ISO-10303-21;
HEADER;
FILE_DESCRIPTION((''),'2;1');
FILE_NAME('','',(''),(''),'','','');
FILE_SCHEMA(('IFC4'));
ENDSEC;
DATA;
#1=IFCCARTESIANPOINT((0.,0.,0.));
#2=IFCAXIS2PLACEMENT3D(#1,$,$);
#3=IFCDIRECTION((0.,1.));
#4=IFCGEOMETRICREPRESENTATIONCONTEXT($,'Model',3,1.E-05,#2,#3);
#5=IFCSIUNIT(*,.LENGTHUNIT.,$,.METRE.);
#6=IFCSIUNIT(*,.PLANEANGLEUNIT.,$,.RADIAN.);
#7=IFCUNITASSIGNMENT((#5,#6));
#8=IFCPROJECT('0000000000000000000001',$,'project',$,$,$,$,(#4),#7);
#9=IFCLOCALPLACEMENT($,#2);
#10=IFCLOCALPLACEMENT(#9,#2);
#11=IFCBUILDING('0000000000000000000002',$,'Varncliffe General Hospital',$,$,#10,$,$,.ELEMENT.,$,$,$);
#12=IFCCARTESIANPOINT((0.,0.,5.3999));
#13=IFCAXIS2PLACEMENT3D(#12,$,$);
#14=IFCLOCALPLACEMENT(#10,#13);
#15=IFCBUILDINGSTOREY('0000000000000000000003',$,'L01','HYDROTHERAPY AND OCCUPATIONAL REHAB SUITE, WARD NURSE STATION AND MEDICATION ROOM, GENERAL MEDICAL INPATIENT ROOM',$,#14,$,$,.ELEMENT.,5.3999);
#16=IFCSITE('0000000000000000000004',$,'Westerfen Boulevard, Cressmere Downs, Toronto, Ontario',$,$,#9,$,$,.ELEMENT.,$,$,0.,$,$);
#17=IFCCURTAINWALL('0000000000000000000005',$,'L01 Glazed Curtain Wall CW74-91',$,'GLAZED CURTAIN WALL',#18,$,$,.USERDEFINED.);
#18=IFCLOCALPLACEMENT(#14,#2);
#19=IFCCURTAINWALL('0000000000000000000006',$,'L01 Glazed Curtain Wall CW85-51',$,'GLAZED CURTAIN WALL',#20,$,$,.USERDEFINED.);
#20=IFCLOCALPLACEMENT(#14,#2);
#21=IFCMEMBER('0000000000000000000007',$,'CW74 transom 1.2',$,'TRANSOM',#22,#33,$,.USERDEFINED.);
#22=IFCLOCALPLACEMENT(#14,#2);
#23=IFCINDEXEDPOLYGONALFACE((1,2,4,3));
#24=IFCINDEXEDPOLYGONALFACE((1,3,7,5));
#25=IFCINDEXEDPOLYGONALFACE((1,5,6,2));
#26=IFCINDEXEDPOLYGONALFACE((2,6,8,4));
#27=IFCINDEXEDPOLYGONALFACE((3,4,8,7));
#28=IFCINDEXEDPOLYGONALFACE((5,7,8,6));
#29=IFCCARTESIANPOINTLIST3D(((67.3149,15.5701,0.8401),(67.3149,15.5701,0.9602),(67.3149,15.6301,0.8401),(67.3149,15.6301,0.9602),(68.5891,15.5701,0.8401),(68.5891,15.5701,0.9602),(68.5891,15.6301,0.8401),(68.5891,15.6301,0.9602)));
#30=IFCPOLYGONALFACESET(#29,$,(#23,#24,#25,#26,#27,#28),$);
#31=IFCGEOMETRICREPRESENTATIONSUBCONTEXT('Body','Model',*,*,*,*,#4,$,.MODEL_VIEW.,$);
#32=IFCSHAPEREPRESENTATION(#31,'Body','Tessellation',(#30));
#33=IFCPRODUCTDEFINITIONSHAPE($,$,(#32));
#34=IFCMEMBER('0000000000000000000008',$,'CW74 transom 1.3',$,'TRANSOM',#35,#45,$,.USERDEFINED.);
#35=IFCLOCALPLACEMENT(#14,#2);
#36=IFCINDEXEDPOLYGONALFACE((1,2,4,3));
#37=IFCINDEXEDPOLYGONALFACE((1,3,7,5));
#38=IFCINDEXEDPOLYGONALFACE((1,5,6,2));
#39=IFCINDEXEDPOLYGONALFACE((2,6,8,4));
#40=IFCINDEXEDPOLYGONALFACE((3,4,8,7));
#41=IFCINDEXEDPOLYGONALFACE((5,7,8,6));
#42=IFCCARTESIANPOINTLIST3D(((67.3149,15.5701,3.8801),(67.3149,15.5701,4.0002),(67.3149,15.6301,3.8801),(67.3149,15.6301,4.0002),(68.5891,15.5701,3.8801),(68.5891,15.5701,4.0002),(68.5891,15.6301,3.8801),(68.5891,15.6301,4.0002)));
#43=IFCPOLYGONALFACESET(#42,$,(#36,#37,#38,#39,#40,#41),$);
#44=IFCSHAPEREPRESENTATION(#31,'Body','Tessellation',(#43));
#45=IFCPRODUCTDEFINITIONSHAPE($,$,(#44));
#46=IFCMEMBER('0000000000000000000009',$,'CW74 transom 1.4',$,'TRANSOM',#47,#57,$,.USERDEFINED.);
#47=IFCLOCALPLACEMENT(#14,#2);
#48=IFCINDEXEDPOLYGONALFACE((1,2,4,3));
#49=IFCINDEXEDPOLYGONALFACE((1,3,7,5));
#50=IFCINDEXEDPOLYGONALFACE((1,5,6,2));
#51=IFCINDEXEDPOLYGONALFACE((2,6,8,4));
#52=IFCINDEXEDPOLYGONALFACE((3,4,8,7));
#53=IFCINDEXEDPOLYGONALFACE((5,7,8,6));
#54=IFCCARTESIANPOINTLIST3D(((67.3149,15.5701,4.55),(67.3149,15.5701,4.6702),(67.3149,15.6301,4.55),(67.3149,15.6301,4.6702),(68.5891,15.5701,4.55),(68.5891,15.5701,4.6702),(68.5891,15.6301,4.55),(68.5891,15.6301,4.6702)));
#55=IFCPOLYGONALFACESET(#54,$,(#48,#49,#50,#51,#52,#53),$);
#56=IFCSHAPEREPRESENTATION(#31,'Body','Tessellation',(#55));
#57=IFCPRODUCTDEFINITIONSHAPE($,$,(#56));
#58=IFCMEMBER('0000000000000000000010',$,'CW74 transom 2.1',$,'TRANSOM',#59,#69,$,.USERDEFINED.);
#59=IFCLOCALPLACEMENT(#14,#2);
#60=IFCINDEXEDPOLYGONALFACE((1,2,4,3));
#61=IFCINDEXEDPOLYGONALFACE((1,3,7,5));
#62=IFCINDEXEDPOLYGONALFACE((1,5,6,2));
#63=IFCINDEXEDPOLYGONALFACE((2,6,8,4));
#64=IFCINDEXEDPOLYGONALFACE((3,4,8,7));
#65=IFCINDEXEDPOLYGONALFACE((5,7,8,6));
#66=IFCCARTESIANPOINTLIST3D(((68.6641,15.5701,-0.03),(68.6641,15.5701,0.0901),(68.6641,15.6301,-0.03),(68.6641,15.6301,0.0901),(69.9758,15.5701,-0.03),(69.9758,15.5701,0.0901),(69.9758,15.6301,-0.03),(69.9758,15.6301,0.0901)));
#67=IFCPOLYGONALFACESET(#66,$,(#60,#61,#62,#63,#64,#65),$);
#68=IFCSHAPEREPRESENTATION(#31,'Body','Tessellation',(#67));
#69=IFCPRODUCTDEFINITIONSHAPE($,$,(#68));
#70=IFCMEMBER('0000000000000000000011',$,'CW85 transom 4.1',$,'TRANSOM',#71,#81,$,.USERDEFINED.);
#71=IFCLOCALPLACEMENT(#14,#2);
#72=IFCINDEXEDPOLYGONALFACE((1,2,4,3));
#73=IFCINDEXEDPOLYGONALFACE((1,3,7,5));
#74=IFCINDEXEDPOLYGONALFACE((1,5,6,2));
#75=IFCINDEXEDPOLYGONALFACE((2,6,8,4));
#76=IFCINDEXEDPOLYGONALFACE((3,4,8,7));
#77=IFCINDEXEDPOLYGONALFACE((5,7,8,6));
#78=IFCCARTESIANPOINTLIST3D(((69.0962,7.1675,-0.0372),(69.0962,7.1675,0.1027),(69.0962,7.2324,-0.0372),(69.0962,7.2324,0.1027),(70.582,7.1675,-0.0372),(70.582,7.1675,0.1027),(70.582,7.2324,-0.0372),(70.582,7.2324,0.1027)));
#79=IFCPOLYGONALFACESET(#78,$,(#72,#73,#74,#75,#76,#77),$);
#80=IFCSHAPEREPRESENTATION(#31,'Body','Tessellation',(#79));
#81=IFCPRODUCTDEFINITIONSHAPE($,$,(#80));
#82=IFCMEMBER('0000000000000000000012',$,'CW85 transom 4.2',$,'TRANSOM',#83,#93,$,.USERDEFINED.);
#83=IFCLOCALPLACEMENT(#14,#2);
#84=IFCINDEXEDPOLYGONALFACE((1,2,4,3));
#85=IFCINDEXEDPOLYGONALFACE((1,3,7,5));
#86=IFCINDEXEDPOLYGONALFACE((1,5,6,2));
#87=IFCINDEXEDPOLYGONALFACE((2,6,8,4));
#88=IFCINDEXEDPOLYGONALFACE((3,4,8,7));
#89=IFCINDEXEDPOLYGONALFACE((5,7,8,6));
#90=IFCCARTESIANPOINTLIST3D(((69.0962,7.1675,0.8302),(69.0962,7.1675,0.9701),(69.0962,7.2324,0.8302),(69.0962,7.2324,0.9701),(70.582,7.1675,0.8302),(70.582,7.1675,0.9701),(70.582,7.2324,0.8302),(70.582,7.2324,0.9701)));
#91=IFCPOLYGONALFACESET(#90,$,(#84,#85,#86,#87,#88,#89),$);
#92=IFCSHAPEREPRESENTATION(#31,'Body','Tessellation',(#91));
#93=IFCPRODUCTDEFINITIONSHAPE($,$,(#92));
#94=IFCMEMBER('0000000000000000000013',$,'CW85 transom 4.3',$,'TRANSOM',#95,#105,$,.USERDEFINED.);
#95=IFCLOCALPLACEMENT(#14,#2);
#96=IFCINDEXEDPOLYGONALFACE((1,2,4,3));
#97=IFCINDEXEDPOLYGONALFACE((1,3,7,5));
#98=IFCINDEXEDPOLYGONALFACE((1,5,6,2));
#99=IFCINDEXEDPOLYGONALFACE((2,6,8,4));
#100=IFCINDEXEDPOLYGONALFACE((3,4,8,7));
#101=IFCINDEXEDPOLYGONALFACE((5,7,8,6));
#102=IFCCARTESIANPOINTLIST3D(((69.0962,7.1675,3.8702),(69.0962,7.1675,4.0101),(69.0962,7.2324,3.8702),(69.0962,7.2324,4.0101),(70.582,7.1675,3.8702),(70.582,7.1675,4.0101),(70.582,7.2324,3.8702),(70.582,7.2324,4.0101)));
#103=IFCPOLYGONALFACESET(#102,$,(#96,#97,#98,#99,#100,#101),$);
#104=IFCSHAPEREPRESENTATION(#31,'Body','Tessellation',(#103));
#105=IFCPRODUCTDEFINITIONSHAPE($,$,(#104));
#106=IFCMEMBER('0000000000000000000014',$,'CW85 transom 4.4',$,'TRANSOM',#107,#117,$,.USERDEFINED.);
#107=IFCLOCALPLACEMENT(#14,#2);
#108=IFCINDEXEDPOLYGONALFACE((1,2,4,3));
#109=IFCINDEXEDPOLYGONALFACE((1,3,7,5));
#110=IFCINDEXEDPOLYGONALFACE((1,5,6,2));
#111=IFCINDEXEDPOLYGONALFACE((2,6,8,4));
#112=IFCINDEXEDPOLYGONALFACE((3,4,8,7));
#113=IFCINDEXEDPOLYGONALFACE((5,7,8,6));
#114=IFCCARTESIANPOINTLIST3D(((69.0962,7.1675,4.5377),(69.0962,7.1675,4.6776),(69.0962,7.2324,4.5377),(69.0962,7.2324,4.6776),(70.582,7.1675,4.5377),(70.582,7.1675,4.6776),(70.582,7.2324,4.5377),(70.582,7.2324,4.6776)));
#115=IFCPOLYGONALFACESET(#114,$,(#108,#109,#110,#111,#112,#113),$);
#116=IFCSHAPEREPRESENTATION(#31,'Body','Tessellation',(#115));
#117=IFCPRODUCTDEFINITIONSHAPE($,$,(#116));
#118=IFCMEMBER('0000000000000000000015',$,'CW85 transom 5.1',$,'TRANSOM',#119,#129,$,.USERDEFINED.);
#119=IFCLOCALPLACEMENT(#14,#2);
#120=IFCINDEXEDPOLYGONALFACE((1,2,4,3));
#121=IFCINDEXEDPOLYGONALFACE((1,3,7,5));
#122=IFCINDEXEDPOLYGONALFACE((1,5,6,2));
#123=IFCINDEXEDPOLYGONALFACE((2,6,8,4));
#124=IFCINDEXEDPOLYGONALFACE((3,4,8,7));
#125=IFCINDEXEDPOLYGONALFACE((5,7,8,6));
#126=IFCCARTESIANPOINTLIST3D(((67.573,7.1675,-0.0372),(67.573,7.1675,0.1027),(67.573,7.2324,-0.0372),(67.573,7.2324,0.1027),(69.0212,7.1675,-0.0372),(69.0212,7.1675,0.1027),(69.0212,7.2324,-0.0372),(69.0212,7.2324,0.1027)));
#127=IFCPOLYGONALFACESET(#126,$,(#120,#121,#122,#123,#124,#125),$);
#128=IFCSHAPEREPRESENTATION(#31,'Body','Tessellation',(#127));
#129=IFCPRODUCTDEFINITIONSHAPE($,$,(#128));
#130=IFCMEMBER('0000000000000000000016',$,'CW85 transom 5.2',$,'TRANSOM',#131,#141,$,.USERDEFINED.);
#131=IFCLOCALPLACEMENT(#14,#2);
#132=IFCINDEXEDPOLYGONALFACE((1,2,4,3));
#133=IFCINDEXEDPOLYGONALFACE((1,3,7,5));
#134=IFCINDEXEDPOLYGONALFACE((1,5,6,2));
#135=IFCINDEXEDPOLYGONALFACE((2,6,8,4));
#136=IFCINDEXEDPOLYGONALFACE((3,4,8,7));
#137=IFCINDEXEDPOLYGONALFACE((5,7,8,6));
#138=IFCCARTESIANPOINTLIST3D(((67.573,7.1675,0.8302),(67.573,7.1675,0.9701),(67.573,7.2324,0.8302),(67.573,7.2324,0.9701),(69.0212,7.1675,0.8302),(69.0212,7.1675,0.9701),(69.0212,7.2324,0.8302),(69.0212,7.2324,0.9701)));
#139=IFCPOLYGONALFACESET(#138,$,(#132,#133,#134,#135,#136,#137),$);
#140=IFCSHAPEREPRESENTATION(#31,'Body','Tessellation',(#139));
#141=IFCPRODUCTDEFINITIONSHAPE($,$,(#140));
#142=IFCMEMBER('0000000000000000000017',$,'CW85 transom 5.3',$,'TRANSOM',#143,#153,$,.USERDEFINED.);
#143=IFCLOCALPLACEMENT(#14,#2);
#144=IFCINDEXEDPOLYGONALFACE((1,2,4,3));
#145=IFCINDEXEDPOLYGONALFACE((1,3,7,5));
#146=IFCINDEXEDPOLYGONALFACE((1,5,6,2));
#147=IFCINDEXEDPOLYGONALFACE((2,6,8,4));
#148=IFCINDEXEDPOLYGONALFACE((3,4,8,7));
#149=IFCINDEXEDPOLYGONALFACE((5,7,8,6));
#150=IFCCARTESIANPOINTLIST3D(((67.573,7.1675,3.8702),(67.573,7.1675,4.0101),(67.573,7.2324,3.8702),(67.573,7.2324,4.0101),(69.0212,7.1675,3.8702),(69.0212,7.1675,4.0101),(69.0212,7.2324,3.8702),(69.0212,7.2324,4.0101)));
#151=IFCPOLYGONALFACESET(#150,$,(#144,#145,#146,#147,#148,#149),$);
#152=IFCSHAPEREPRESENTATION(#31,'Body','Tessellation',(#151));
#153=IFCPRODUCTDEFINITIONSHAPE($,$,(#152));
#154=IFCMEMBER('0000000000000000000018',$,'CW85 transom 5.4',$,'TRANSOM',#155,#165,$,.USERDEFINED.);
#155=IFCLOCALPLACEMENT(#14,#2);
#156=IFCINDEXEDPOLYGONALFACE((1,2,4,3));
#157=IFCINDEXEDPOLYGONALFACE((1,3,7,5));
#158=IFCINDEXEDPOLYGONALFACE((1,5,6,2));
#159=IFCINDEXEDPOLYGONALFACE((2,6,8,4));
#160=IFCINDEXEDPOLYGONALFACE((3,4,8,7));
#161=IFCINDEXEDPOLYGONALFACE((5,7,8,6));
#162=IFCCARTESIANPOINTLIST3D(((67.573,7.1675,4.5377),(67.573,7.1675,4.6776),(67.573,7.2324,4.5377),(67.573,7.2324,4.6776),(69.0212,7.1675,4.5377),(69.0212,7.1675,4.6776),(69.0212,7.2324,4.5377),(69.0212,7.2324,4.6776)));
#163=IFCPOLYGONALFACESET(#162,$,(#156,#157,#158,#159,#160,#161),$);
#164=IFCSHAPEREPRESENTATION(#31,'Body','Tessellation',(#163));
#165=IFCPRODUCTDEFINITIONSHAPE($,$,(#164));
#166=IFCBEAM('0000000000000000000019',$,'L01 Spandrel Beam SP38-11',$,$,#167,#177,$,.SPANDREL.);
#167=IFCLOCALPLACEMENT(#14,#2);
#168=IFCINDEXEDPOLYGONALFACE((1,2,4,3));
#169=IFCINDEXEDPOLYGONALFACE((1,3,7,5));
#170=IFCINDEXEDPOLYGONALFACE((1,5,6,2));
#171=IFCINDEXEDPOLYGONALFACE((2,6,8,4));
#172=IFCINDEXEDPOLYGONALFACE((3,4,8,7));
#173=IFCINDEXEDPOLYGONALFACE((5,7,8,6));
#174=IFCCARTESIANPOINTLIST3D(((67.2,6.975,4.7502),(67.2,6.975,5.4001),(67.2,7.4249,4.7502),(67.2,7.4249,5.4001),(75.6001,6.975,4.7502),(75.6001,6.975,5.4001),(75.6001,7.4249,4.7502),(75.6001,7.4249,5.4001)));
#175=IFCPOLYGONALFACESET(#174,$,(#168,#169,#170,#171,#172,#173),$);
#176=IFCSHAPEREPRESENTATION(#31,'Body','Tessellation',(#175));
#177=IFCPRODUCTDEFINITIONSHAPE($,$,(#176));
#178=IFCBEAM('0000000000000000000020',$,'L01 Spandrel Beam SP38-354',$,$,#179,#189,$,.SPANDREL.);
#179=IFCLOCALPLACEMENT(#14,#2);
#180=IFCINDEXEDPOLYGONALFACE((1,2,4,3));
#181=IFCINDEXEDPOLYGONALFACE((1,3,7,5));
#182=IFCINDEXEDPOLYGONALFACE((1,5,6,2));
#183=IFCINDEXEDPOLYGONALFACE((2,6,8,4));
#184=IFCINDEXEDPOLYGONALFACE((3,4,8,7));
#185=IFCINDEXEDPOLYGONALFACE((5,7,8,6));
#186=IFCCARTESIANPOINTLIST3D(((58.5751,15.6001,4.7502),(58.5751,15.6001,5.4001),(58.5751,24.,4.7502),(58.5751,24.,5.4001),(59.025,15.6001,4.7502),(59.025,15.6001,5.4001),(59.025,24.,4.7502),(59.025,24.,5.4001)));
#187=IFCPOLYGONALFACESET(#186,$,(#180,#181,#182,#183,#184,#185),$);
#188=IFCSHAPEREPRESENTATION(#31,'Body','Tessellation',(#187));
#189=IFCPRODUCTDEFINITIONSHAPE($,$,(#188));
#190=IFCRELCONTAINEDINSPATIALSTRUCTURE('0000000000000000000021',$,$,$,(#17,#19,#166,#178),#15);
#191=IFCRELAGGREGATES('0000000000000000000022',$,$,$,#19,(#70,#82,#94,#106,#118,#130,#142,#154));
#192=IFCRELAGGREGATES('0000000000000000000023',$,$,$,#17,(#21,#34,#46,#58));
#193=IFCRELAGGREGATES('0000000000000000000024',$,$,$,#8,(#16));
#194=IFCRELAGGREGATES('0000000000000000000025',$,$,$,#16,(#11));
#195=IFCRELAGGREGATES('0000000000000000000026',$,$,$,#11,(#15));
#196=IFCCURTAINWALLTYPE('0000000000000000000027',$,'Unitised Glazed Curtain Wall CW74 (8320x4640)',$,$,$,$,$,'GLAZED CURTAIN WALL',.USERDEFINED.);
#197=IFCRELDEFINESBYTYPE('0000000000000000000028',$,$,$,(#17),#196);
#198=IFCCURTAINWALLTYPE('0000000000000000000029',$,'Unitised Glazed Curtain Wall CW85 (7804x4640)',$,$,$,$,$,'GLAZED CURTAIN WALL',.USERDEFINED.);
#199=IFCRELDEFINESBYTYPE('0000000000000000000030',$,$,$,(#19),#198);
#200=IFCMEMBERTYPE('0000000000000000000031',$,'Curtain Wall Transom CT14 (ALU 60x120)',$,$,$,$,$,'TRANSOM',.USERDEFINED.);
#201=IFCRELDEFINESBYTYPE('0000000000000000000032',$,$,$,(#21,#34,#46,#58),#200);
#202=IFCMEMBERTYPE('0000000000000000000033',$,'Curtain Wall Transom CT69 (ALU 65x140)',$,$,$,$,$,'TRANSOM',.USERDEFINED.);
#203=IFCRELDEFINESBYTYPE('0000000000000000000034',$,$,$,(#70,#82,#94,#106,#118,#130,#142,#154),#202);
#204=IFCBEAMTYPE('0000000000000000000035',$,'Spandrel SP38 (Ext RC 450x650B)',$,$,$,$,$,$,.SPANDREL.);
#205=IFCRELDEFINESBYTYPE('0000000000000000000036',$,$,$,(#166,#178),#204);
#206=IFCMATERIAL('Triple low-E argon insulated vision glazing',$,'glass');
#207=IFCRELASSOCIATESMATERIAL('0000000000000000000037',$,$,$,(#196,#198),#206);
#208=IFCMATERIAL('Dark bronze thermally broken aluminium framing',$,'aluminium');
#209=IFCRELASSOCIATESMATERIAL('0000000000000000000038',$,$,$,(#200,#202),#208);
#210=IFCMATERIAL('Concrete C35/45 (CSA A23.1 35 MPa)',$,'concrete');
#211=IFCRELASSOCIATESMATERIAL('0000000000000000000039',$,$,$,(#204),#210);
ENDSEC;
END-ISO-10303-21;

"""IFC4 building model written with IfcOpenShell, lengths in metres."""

from ifc_helpers import new_model, si_unit, direction, frame, origin, origin_2d, place, context, subcontext, project, spatial, rectangle, extrude, material, material_profile, profile_set, type_object, element, aggregate, save


model = new_model("IFC4")

# Units and contexts
model_context = context("Model", 3, precision=1e-05, world=origin(), true_north=direction((0.0, 1.0)))
body_context = subcontext(model_context, "Body", "Model", "MODEL_VIEW")
ifc_project = project(units=[si_unit("LENGTHUNIT", "METRE"), si_unit("PLANEANGLEUNIT", "RADIAN")], contexts=[model_context])

# Site, building, storey
site_placement = place(None, origin())
site = spatial("IfcSite", under=ifc_project, at=site_placement, Name="Westerfen Boulevard, Cressmere Downs, Toronto, Ontario", CompositionType="ELEMENT", RefElevation=0.0)
building_placement = place(site_placement, origin())
building = spatial("IfcBuilding", under=site, at=building_placement, Name="Varncliffe General Hospital", CompositionType="ELEMENT")
storey_placement = place(building_placement, frame((0.0, 0.0, 5.3999)))
storey = spatial("IfcBuildingStorey", under=building, at=storey_placement, Name="L01", Description="HYDROTHERAPY AND OCCUPATIONAL REHAB SUITE, WARD NURSE STATION AND MEDICATION ROOM, GENERAL MEDICAL INPATIENT ROOM", CompositionType="ELEMENT", Elevation=5.3999)

# Shared definitions
ifc_material_1 = material(Name="Triple low-E argon insulated vision glazing", Category="glass")
ifc_material_2 = material(Name="Dark bronze thermally broken aluminium framing", Category="aluminium")

# Curtain wall
curtain_wall_type_1 = type_object("IfcCurtainWallType", Name="Unitised Glazed Curtain Wall CW74 (8320x4640)", ElementType="GLAZED CURTAIN WALL", PredefinedType="USERDEFINED", material=ifc_material_1)
curtain_wall_1_placement = place(storey_placement, origin())
curtain_wall_1 = element("IfcCurtainWall", 1, at=curtain_wall_1_placement, inside=storey, type_object=curtain_wall_type_1, Name="L01 Glazed Curtain Wall CW74-91", ObjectType="GLAZED CURTAIN WALL", PredefinedType="USERDEFINED")

# Curtain wall
curtain_wall_type_2 = type_object("IfcCurtainWallType", Name="Unitised Glazed Curtain Wall CW85 (7804x4640)", ElementType="GLAZED CURTAIN WALL", PredefinedType="USERDEFINED", material=ifc_material_1)
curtain_wall_2_placement = place(storey_placement, origin())
curtain_wall_2 = element("IfcCurtainWall", 2, at=curtain_wall_2_placement, inside=storey, type_object=curtain_wall_type_2, Name="L01 Glazed Curtain Wall CW85-51", ObjectType="GLAZED CURTAIN WALL", PredefinedType="USERDEFINED")

# Members
ifc_material_profile_1 = material_profile(ifc_material_2, rectangle(XDim=0.0601, YDim=0.1201, at=origin_2d()), Name="ALU 60x120")
ifc_profile_set_1 = profile_set([ifc_material_profile_1], Name="Dark bronze thermally broken aluminium framing")
member_type_1 = type_object("IfcMemberType", Name="Curtain Wall Transom CT14 (ALU 60x120)", ElementType="TRANSOM", PredefinedType="USERDEFINED", material=ifc_profile_set_1)
member_1_placement = place(storey_placement, frame((67.3149, 15.6001, 0.9001), z_axis=(1.0, 0.0, 0.0), x_axis=(0.0, 1.0, 0.0)))
member_1 = element("IfcMember", 3, at=member_1_placement, type_object=member_type_1, Name="CW74 transom 1.2", ObjectType="TRANSOM", PredefinedType="USERDEFINED", context=body_context, shape_type="SweptSolid", body=[
    extrude(rectangle(XDim=0.0601, YDim=0.1201, at=origin_2d()), origin(), (0.0, 0.0, 1.0), 1.2742),
])
member_2_placement = place(storey_placement, frame((67.3149, 15.6001, 3.9402), z_axis=(1.0, 0.0, 0.0), x_axis=(0.0, 1.0, 0.0)))
member_2 = element("IfcMember", 4, at=member_2_placement, type_object=member_type_1, Name="CW74 transom 1.3", ObjectType="TRANSOM", PredefinedType="USERDEFINED", context=body_context, shape_type="SweptSolid", body=[
    extrude(rectangle(XDim=0.0601, YDim=0.1201, at=origin_2d()), origin(), (0.0, 0.0, 1.0), 1.2742),
])
member_3_placement = place(storey_placement, frame((67.3149, 15.6001, 4.6101), z_axis=(1.0, 0.0, 0.0), x_axis=(0.0, 1.0, 0.0)))
member_3 = element("IfcMember", 5, at=member_3_placement, type_object=member_type_1, Name="CW74 transom 1.4", ObjectType="TRANSOM", PredefinedType="USERDEFINED", context=body_context, shape_type="SweptSolid", body=[
    extrude(rectangle(XDim=0.0601, YDim=0.1201, at=origin_2d()), origin(), (0.0, 0.0, 1.0), 1.2742),
])
member_4_placement = place(storey_placement, frame((68.6641, 15.6001, 0.03), z_axis=(1.0, 0.0, 0.0), x_axis=(0.0, 1.0, 0.0)))
member_4 = element("IfcMember", 6, at=member_4_placement, type_object=member_type_1, Name="CW74 transom 2.1", ObjectType="TRANSOM", PredefinedType="USERDEFINED", context=body_context, shape_type="SweptSolid", body=[
    extrude(rectangle(XDim=0.0601, YDim=0.1201, at=origin_2d()), origin(), (0.0, 0.0, 1.0), 1.3118),
])
ifc_material_profile_2 = material_profile(ifc_material_2, rectangle(XDim=0.0649, YDim=0.1399, at=origin_2d()), Name="ALU 65x140")
ifc_profile_set_2 = profile_set([ifc_material_profile_2], Name="Dark bronze thermally broken aluminium framing")
member_type_2 = type_object("IfcMemberType", Name="Curtain Wall Transom CT69 (ALU 65x140)", ElementType="TRANSOM", PredefinedType="USERDEFINED", material=ifc_profile_set_2)
member_5_placement = place(storey_placement, frame((70.582, 7.2, 0.0327), z_axis=(-1.0, 0.0, 0.0), x_axis=(0.0, -1.0, 0.0)))
member_5 = element("IfcMember", 7, at=member_5_placement, type_object=member_type_2, Name="CW85 transom 4.1", ObjectType="TRANSOM", PredefinedType="USERDEFINED", context=body_context, shape_type="SweptSolid", body=[
    extrude(rectangle(XDim=0.0649, YDim=0.1399, at=origin_2d()), origin(), (0.0, 0.0, 1.0), 1.4858),
])
member_6_placement = place(storey_placement, frame((70.582, 7.2, 0.9001), z_axis=(-1.0, 0.0, 0.0), x_axis=(0.0, -1.0, 0.0)))
member_6 = element("IfcMember", 8, at=member_6_placement, type_object=member_type_2, Name="CW85 transom 4.2", ObjectType="TRANSOM", PredefinedType="USERDEFINED", context=body_context, shape_type="SweptSolid", body=[
    extrude(rectangle(XDim=0.0649, YDim=0.1399, at=origin_2d()), origin(), (0.0, 0.0, 1.0), 1.4858),
])
member_7_placement = place(storey_placement, frame((70.582, 7.2, 3.9402), z_axis=(-1.0, 0.0, 0.0), x_axis=(0.0, -1.0, 0.0)))
member_7 = element("IfcMember", 9, at=member_7_placement, type_object=member_type_2, Name="CW85 transom 4.3", ObjectType="TRANSOM", PredefinedType="USERDEFINED", context=body_context, shape_type="SweptSolid", body=[
    extrude(rectangle(XDim=0.0649, YDim=0.1399, at=origin_2d()), origin(), (0.0, 0.0, 1.0), 1.4858),
])
member_8_placement = place(storey_placement, frame((70.582, 7.2, 4.6077), z_axis=(-1.0, 0.0, 0.0), x_axis=(0.0, -1.0, 0.0)))
member_8 = element("IfcMember", 10, at=member_8_placement, type_object=member_type_2, Name="CW85 transom 4.4", ObjectType="TRANSOM", PredefinedType="USERDEFINED", context=body_context, shape_type="SweptSolid", body=[
    extrude(rectangle(XDim=0.0649, YDim=0.1399, at=origin_2d()), origin(), (0.0, 0.0, 1.0), 1.4858),
])
member_9_placement = place(storey_placement, frame((69.0212, 7.2, 0.0327), z_axis=(-1.0, 0.0, 0.0), x_axis=(0.0, -1.0, 0.0)))
member_9 = element("IfcMember", 11, at=member_9_placement, type_object=member_type_2, Name="CW85 transom 5.1", ObjectType="TRANSOM", PredefinedType="USERDEFINED", context=body_context, shape_type="SweptSolid", body=[
    extrude(rectangle(XDim=0.0649, YDim=0.1399, at=origin_2d()), origin(), (0.0, 0.0, 1.0), 1.4482),
])
member_10_placement = place(storey_placement, frame((69.0212, 7.2, 0.9001), z_axis=(-1.0, 0.0, 0.0), x_axis=(0.0, -1.0, 0.0)))
member_10 = element("IfcMember", 12, at=member_10_placement, type_object=member_type_2, Name="CW85 transom 5.2", ObjectType="TRANSOM", PredefinedType="USERDEFINED", context=body_context, shape_type="SweptSolid", body=[
    extrude(rectangle(XDim=0.0649, YDim=0.1399, at=origin_2d()), origin(), (0.0, 0.0, 1.0), 1.4482),
])
member_11_placement = place(storey_placement, frame((69.0212, 7.2, 3.9402), z_axis=(-1.0, 0.0, 0.0), x_axis=(0.0, -1.0, 0.0)))
member_11 = element("IfcMember", 13, at=member_11_placement, type_object=member_type_2, Name="CW85 transom 5.3", ObjectType="TRANSOM", PredefinedType="USERDEFINED", context=body_context, shape_type="SweptSolid", body=[
    extrude(rectangle(XDim=0.0649, YDim=0.1399, at=origin_2d()), origin(), (0.0, 0.0, 1.0), 1.4482),
])
member_12_placement = place(storey_placement, frame((69.0212, 7.2, 4.6077), z_axis=(-1.0, 0.0, 0.0), x_axis=(0.0, -1.0, 0.0)))
member_12 = element("IfcMember", 14, at=member_12_placement, type_object=member_type_2, Name="CW85 transom 5.4", ObjectType="TRANSOM", PredefinedType="USERDEFINED", context=body_context, shape_type="SweptSolid", body=[
    extrude(rectangle(XDim=0.0649, YDim=0.1399, at=origin_2d()), origin(), (0.0, 0.0, 1.0), 1.4482),
])

# Beams
ifc_material_3 = material(Name="Concrete C35/45 (CSA A23.1 35 MPa)", Category="concrete")
ifc_material_profile_3 = material_profile(ifc_material_3, rectangle(XDim=0.45, YDim=0.6499, at=origin_2d()), Name="RC 450x650")
ifc_profile_set_3 = profile_set([ifc_material_profile_3], Name="Concrete C35/45 (CSA A23.1 35 MPa)")
beam_type = type_object("IfcBeamType", Name="Spandrel SP38 (Ext RC 450x650B)", PredefinedType="SPANDREL", material=ifc_profile_set_3)
beam_1_placement = place(storey_placement, frame((67.2, 7.2, 5.0752), z_axis=(1.0, 0.0, 0.0), x_axis=(0.0, 1.0, 0.0)))
element("IfcBeam", 15, at=beam_1_placement, inside=storey, type_object=beam_type, Name="L01 Spandrel Beam SP38-11", PredefinedType="SPANDREL", context=body_context, shape_type="SweptSolid", body=[
    extrude(rectangle(XDim=0.45, YDim=0.6499, at=origin_2d()), origin(), (0.0, 0.0, 1.0), 8.4001),
])
beam_2_placement = place(storey_placement, frame((58.8, 15.6001, 5.0752), z_axis=(0.0, 1.0, 0.0), x_axis=(-1.0, 0.0, 0.0)))
element("IfcBeam", 16, at=beam_2_placement, inside=storey, type_object=beam_type, Name="L01 Spandrel Beam SP38-354", PredefinedType="SPANDREL", context=body_context, shape_type="SweptSolid", body=[
    extrude(rectangle(XDim=0.45, YDim=0.6499, at=origin_2d()), origin(), (0.0, 0.0, 1.0), 8.3999),
])

aggregate(curtain_wall_2, [member_5, member_6, member_7, member_8, member_9, member_10, member_11, member_12])
aggregate(curtain_wall_1, [member_1, member_2, member_3, member_4])

save(model, "model.ifc")
